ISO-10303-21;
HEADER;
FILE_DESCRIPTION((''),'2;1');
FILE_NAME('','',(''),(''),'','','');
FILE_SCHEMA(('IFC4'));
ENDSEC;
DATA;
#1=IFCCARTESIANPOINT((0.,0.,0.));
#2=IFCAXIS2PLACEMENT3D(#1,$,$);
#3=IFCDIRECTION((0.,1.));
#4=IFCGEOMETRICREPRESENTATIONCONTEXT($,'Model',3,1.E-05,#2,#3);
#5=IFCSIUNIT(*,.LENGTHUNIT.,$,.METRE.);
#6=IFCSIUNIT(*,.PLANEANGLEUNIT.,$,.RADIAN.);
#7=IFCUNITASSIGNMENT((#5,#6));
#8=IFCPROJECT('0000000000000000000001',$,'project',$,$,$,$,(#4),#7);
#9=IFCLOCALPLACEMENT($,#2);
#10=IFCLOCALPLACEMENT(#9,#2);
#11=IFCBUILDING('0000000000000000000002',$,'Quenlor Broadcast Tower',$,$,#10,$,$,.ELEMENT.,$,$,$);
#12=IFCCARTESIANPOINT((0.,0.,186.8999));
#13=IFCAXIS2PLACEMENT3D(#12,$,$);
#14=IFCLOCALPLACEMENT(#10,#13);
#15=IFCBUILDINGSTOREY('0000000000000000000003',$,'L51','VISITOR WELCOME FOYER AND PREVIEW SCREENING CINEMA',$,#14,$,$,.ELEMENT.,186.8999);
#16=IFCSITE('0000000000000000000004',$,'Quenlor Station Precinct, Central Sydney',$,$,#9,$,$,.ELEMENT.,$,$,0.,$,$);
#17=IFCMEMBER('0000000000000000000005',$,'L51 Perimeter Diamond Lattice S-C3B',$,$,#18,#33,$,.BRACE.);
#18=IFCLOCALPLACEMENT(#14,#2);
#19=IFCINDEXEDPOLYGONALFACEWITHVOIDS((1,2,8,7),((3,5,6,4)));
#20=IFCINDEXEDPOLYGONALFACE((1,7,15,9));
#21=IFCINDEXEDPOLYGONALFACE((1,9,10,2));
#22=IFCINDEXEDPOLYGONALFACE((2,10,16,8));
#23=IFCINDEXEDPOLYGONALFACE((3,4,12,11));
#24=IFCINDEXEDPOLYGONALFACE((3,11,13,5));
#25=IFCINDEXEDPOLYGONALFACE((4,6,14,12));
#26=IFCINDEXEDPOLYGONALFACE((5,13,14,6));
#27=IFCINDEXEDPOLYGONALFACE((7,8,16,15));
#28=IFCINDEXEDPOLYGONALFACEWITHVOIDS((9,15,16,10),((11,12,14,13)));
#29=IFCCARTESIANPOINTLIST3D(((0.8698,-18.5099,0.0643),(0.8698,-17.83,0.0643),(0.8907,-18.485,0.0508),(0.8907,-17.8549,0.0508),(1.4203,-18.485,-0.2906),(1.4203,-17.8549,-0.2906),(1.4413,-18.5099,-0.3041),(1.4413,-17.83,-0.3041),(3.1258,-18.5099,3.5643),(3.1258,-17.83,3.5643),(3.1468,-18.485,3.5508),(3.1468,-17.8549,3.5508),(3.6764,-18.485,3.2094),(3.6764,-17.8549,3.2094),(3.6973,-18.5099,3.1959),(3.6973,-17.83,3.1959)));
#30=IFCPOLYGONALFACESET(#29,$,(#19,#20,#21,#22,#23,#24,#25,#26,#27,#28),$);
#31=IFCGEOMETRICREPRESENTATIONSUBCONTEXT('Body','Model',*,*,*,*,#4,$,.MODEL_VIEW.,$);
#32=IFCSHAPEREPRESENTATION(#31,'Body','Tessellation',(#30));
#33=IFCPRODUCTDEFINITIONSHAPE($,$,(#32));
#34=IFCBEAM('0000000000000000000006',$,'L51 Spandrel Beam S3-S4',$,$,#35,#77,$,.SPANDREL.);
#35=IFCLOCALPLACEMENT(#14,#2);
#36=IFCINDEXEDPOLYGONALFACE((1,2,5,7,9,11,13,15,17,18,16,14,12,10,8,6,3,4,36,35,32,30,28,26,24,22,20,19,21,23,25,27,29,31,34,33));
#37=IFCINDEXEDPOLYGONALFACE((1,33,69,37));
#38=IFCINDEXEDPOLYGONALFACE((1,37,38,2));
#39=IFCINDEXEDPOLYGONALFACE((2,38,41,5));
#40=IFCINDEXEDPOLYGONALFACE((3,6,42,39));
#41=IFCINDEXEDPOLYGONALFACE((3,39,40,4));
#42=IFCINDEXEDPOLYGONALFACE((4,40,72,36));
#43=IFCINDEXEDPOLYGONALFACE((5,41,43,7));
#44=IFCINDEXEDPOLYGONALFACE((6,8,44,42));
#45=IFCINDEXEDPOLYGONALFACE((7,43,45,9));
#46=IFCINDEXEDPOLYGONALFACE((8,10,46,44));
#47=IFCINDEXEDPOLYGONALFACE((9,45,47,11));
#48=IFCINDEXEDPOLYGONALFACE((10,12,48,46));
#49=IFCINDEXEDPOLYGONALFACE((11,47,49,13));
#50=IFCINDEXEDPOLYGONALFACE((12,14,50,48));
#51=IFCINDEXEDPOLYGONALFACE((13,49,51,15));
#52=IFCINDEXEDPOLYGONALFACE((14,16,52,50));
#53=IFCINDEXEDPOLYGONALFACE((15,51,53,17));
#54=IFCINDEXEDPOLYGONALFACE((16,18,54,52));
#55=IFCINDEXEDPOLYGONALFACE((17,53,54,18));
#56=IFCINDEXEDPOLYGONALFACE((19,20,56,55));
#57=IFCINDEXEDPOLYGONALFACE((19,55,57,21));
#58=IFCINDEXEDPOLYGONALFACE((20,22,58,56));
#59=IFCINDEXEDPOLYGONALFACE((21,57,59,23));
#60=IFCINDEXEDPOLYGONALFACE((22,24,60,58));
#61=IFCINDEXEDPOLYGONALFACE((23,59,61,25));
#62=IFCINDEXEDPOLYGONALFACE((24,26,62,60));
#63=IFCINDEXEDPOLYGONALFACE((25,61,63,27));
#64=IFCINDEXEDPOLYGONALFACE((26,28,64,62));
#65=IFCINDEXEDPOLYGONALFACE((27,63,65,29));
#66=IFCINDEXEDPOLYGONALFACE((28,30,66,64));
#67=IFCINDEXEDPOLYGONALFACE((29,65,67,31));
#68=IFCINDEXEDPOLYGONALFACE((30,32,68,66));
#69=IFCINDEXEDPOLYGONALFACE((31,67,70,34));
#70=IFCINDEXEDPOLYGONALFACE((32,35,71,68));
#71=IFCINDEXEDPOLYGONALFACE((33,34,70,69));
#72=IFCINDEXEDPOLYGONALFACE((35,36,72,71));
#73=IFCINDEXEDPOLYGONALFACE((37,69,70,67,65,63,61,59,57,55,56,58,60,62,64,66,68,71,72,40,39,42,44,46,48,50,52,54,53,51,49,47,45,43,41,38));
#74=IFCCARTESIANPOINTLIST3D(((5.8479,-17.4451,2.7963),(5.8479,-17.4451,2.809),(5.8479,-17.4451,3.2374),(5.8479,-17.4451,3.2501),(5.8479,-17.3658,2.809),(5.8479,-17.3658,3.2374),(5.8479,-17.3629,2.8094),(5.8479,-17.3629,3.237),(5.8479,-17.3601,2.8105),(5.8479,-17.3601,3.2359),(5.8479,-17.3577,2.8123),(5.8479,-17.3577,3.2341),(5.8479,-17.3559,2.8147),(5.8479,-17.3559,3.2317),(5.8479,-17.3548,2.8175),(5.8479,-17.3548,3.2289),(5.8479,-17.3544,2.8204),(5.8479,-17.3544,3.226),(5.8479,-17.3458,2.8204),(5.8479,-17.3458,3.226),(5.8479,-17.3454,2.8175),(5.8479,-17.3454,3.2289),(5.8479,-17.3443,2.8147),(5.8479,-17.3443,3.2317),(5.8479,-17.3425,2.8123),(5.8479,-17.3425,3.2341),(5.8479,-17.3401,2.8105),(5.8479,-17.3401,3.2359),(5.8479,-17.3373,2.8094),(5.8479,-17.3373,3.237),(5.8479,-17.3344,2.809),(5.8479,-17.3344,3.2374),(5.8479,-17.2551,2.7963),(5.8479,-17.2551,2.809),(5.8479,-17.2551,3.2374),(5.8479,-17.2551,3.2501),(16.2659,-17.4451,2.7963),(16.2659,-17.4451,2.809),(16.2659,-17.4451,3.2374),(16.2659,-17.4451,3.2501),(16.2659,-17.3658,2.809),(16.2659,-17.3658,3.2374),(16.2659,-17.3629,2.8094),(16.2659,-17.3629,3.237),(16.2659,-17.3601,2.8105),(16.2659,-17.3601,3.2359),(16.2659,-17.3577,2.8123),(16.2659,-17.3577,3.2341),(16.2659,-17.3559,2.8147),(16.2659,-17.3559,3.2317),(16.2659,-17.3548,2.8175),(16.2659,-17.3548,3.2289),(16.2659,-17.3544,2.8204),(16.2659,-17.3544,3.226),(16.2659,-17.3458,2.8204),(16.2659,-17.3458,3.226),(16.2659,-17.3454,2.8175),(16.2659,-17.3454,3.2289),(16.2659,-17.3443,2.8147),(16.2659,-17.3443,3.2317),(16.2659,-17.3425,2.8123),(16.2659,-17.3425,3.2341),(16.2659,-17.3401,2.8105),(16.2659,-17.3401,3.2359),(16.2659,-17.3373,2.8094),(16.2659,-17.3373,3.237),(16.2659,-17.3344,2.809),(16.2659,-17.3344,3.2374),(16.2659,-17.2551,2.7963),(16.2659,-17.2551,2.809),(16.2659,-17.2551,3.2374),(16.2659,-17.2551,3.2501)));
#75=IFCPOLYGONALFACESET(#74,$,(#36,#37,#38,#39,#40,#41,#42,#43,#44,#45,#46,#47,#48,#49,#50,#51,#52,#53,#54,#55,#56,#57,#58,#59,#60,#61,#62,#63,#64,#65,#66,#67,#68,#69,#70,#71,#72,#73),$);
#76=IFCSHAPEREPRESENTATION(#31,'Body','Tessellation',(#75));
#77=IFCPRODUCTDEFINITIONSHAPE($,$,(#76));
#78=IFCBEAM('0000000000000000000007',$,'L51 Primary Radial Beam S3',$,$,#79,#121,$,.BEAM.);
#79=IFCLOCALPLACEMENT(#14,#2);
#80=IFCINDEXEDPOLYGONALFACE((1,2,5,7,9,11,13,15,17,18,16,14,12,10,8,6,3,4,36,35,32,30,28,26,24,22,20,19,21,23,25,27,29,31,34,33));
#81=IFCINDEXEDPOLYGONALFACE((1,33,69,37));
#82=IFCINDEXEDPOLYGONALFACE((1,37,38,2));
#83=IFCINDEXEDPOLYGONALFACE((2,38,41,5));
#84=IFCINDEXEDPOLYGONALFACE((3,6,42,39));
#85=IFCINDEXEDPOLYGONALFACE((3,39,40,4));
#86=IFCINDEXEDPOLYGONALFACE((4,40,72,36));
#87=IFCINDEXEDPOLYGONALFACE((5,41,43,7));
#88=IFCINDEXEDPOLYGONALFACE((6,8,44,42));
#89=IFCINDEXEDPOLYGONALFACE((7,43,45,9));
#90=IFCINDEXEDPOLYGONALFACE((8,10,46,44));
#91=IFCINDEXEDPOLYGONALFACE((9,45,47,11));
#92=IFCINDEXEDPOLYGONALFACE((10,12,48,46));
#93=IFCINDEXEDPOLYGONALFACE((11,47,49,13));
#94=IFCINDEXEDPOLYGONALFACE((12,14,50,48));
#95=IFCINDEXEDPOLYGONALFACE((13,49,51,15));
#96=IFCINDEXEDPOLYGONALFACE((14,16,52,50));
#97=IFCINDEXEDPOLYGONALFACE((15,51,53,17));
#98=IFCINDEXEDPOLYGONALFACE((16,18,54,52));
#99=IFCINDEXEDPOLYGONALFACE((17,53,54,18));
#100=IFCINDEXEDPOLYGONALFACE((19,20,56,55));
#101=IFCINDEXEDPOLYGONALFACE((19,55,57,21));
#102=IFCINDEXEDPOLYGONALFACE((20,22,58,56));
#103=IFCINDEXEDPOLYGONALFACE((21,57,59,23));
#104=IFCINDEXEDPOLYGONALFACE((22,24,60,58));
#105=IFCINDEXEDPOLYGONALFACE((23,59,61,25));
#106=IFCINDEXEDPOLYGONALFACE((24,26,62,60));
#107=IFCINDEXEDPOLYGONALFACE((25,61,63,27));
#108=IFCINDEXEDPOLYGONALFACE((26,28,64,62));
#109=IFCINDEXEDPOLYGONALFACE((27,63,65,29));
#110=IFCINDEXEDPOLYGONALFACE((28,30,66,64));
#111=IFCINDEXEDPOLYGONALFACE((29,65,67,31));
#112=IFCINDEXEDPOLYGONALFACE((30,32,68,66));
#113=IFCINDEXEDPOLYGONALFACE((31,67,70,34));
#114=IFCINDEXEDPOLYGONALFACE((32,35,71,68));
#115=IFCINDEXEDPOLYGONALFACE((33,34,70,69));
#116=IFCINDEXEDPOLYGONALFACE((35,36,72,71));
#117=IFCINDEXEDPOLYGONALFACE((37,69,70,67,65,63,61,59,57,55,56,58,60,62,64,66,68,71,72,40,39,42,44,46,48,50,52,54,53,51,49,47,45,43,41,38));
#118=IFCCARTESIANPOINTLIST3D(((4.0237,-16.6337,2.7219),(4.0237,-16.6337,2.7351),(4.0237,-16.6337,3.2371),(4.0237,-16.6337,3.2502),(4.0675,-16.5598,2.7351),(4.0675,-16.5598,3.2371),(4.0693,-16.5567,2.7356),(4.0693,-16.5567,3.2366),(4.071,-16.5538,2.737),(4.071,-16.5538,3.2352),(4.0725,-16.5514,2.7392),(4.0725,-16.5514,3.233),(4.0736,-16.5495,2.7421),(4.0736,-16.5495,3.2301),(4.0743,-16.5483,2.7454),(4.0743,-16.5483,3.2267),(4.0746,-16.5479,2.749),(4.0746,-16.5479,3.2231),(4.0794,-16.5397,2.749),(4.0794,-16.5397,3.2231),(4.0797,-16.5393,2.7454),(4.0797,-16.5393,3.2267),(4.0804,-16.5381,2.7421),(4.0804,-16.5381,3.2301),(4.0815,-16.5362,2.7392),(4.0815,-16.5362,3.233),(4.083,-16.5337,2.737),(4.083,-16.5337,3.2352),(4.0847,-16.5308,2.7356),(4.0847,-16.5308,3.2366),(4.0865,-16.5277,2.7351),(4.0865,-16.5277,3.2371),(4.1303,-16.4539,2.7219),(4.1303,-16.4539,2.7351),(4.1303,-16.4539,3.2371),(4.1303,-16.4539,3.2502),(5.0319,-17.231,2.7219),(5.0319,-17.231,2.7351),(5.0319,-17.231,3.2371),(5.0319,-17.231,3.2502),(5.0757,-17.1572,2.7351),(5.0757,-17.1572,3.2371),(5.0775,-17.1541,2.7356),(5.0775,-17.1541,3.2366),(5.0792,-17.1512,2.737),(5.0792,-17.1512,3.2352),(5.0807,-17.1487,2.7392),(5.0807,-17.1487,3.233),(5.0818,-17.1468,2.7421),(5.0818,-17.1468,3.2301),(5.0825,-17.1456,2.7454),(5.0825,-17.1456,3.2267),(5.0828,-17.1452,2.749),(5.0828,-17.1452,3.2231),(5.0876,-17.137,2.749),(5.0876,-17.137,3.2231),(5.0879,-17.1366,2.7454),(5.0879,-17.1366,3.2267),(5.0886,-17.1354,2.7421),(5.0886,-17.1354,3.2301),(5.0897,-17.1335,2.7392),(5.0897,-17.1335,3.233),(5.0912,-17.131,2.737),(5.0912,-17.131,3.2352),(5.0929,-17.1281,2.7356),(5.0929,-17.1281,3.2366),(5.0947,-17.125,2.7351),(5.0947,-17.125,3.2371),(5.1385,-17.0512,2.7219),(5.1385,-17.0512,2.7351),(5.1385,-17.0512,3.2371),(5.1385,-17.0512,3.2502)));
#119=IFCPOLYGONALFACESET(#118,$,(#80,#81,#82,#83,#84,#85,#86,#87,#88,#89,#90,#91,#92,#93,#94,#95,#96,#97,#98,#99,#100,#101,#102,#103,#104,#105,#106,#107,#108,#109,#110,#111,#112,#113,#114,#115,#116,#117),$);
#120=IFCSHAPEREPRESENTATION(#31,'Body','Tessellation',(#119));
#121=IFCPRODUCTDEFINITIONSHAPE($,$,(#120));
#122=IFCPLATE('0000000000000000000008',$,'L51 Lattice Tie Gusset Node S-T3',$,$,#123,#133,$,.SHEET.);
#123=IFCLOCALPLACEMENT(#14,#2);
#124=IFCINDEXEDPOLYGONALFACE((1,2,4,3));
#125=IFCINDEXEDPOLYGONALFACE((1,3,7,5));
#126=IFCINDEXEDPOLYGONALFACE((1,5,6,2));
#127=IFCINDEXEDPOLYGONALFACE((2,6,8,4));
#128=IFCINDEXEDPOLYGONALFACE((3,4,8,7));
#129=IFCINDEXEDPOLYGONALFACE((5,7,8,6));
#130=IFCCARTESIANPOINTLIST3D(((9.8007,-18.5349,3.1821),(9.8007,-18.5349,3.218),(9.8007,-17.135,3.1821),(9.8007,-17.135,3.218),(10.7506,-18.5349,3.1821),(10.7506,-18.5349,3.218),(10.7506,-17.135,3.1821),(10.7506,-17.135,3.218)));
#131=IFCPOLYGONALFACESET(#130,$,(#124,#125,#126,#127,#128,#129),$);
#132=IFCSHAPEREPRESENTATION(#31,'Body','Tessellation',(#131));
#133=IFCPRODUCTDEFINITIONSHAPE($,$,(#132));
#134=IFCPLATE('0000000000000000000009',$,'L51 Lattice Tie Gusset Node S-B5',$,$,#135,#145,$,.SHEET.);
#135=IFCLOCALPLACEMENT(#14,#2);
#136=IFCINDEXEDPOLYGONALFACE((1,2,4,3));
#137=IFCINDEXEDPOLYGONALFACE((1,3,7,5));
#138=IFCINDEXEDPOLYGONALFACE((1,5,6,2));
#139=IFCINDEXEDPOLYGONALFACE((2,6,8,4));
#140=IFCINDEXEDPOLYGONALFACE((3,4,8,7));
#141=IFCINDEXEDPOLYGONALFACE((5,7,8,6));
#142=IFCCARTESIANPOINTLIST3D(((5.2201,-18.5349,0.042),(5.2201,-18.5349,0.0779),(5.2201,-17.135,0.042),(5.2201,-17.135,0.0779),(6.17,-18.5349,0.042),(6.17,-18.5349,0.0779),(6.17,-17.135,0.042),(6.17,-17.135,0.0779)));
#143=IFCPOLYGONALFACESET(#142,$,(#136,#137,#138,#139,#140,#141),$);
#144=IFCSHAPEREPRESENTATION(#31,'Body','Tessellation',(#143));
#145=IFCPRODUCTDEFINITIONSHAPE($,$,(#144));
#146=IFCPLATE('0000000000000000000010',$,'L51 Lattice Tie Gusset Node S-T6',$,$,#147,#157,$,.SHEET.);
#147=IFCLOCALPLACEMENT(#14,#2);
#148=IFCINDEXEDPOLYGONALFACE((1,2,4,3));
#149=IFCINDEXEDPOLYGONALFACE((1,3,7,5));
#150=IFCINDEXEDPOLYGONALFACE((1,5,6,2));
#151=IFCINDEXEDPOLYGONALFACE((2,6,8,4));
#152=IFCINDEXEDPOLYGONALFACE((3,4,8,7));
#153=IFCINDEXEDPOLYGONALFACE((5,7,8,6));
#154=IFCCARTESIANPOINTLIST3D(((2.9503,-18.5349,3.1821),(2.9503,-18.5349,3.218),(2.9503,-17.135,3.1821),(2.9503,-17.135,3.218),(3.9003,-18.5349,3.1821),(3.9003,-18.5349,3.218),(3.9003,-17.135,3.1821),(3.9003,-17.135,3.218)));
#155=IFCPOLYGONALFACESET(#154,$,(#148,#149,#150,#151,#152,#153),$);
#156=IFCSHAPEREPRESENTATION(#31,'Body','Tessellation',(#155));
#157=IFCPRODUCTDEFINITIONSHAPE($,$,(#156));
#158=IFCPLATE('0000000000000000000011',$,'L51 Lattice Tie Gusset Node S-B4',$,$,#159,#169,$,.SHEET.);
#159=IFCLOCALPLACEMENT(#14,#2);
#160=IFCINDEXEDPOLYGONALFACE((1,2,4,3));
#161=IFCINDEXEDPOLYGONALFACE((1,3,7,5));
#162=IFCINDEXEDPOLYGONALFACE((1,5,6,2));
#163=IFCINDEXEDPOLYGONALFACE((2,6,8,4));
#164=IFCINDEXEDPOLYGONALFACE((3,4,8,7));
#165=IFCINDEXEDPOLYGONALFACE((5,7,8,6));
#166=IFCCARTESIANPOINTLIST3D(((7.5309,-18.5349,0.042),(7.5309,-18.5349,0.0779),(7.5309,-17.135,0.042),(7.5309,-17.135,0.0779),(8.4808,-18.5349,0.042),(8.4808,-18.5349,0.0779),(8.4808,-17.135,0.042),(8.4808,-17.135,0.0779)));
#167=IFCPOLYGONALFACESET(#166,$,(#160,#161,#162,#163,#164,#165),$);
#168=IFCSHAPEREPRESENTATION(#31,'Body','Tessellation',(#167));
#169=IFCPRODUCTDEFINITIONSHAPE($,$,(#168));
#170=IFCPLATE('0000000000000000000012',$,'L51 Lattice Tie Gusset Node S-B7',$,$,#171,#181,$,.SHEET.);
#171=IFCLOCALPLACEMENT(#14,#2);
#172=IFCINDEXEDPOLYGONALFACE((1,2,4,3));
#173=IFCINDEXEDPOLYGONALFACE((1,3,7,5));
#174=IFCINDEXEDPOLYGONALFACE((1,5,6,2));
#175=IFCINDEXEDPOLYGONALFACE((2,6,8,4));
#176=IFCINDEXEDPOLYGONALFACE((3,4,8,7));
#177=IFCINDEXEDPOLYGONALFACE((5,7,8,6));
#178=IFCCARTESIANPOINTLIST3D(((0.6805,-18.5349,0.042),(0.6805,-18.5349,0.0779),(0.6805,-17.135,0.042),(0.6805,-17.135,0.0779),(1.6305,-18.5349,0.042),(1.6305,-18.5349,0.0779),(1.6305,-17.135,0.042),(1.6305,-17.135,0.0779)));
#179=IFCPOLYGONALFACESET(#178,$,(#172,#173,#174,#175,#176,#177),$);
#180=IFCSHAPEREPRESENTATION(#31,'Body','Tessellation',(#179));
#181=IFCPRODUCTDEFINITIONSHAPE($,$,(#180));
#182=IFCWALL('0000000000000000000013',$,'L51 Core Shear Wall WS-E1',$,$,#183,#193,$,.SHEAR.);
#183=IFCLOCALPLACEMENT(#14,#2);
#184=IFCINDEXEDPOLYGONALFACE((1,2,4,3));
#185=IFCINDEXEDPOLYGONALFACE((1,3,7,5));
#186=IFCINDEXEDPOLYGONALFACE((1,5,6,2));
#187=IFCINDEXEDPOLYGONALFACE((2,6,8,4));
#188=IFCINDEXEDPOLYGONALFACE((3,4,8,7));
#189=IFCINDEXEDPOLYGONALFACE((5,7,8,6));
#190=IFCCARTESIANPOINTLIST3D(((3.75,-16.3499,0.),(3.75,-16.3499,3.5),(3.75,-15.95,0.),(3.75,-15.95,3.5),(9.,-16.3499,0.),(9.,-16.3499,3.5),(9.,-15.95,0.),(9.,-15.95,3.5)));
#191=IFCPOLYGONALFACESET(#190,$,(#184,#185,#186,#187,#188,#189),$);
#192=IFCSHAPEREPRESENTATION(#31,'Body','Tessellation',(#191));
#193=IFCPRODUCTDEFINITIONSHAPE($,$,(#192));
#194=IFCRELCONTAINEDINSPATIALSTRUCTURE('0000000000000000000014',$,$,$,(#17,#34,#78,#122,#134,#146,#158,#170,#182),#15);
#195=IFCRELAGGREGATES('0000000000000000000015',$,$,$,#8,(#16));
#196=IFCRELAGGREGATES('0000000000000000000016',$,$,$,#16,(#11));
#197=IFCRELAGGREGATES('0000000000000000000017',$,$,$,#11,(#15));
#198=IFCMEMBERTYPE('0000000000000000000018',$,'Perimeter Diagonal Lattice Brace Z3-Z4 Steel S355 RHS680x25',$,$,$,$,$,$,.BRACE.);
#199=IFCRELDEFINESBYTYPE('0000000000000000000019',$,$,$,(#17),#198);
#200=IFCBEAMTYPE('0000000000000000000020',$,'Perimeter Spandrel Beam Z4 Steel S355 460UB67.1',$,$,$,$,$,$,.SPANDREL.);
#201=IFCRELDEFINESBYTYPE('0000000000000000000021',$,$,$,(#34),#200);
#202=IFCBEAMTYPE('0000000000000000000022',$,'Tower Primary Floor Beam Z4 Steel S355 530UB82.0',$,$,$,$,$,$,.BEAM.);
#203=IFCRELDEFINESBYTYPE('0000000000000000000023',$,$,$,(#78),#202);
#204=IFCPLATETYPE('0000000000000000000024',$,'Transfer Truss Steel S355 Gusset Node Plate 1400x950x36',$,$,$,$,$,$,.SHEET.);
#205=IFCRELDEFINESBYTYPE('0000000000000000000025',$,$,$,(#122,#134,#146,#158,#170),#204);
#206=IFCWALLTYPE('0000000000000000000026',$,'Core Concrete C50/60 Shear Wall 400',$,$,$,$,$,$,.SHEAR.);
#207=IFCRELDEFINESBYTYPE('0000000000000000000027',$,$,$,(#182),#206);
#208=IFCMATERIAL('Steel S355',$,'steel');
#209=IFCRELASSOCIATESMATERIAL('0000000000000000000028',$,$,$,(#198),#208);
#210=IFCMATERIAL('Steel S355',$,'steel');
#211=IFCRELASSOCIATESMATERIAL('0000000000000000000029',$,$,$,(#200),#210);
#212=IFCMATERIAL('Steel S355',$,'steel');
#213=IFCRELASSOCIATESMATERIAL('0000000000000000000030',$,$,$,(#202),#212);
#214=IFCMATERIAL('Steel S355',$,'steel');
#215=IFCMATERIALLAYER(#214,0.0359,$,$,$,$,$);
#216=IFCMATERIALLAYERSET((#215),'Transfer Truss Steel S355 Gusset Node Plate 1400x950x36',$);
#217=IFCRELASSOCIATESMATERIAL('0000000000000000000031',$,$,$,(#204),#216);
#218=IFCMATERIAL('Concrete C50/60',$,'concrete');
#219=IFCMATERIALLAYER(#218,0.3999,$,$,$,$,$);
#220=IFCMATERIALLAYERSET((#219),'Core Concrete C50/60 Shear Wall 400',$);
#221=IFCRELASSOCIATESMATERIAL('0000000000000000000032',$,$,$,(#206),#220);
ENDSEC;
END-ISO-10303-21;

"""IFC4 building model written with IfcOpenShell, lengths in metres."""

from ifc_helpers import new_model, si_unit, direction, frame, frame_2d, origin, origin_2d, place, context, subcontext, project, spatial, rectangle, hollow_rectangle, i_section, extrude, material, layer, layer_set, material_profile, profile_set, type_object, element, save


model = new_model("IFC4")

# Units and contexts
model_context = context("Model", 3, precision=1e-05, world=origin(), true_north=direction((0.0, 1.0)))
body_context = subcontext(model_context, "Body", "Model", "MODEL_VIEW")
ifc_project = project(units=[si_unit("LENGTHUNIT", "METRE"), si_unit("PLANEANGLEUNIT", "RADIAN")], contexts=[model_context])

# Site, building, storey
site_placement = place(None, origin())
site = spatial("IfcSite", under=ifc_project, at=site_placement, Name="Quenlor Station Precinct, Central Sydney", CompositionType="ELEMENT", RefElevation=0.0)
building_placement = place(site_placement, origin())
building = spatial("IfcBuilding", under=site, at=building_placement, Name="Quenlor Broadcast Tower", CompositionType="ELEMENT")
storey_placement = place(building_placement, frame((0.0, 0.0, 186.8999)))
storey = spatial("IfcBuildingStorey", under=building, at=storey_placement, Name="L51", Description="VISITOR WELCOME FOYER AND PREVIEW SCREENING CINEMA", CompositionType="ELEMENT", Elevation=186.8999)

# Member
ifc_material_1 = material(Name="Steel S355", Category="steel")
ifc_material_profile_1 = material_profile(ifc_material_1, hollow_rectangle(XDim=0.6799, YDim=0.6799, WallThickness=0.0249, at=origin_2d()))
ifc_profile_set_1 = profile_set([ifc_material_profile_1], Name="Steel S355 RHS680x680x25")
member_type_1 = type_object("IfcMemberType", Name="Perimeter Diagonal Lattice Brace Z3-Z4 Steel S355 RHS680x25", PredefinedType="BRACE", material=ifc_profile_set_1)
for number, where, z_axis, x_axis, name in (
    (1, (1.1555, -18.1699, -0.1199), (0.541794, 0.0, 0.840511), (0.0, 1.0, 0.0), "L51 Perimeter Diamond Lattice S-C3B"),
):
    element("IfcMember", number, at=place(storey_placement, frame(where, z_axis=z_axis, x_axis=x_axis)), inside=storey, type_object=member_type_1, Name=name, PredefinedType="BRACE", context=body_context, shape_type="SweptSolid", body=[
        extrude(hollow_rectangle(XDim=0.6799, YDim=0.6799, WallThickness=0.0249, at=origin_2d()), origin(), (0.0, 0.0, 1.0), 4.1641),
    ])

# Beams
ifc_material_2 = material(Name="Steel S355", Category="steel")
ifc_material_profile_2 = material_profile(ifc_material_2, i_section(OverallWidth=0.1899, OverallDepth=0.4539, WebThickness=0.0085, FlangeThickness=0.0127, FilletRadius=0.0115, at=origin_2d()))
ifc_profile_set_2 = profile_set([ifc_material_profile_2], Name="Steel S355 460UB67.1")
beam_type_1 = type_object("IfcBeamType", Name="Perimeter Spandrel Beam Z4 Steel S355 460UB67.1", PredefinedType="SPANDREL", material=ifc_profile_set_2)
beam_1_placement = place(storey_placement, frame((5.8479, -17.3501, 3.0232), z_axis=(1.0, 0.0, 0.0), x_axis=(0.0, 1.0, 0.0)))
element("IfcBeam", 2, at=beam_1_placement, inside=storey, type_object=beam_type_1, Name="L51 Spandrel Beam S3-S4", PredefinedType="SPANDREL", context=body_context, shape_type="SweptSolid", body=[
    extrude(i_section(OverallWidth=0.1899, OverallDepth=0.4539, WebThickness=0.0085, FlangeThickness=0.0127, FilletRadius=0.0115, at=origin_2d()), origin(), (0.0, 0.0, 1.0), 10.418),
])
ifc_material_3 = material(Name="Steel S355", Category="steel")
ifc_material_profile_3 = material_profile(ifc_material_3, i_section(OverallWidth=0.209, OverallDepth=0.5283, WebThickness=0.0095, FlangeThickness=0.0132, FilletRadius=0.0139, at=origin_2d()))
ifc_profile_set_3 = profile_set([ifc_material_profile_3], Name="Steel S355 530UB82.0")
beam_type_2 = type_object("IfcBeamType", Name="Tower Primary Floor Beam Z4 Steel S355 530UB82.0", PredefinedType="BEAM", material=ifc_profile_set_3)
beam_2_placement = place(storey_placement, frame((5.0852, -17.1411, 2.9861), z_axis=(-0.860329, 0.50974, 0.0), x_axis=(-0.50974, -0.860329, 0.0)))
element("IfcBeam", 3, at=beam_2_placement, inside=storey, type_object=beam_type_2, Name="L51 Primary Radial Beam S3", PredefinedType="BEAM", context=body_context, shape_type="SweptSolid", body=[
    extrude(i_section(OverallWidth=0.209, OverallDepth=0.5283, WebThickness=0.0095, FlangeThickness=0.0132, FilletRadius=0.0139, at=origin_2d()), origin(), (0.0, 0.0, 1.0), 1.1719),
])

# Plates
ifc_material_4 = material(Name="Steel S355", Category="steel")
ifc_layer_1 = layer(ifc_material_4, 0.0359)
ifc_layer_set_1 = layer_set([ifc_layer_1], Name="Transfer Truss Steel S355 Gusset Node Plate 1400x950x36")
plate_type = type_object("IfcPlateType", Name="Transfer Truss Steel S355 Gusset Node Plate 1400x950x36", PredefinedType="SHEET", material=ifc_layer_set_1)
for number, where, z_axis, x_axis, name in (
    (4, (10.2756, -17.835, 3.1821), (0.0, 0.0, 1.0), (0.0, -1.0, 0.0), "L51 Lattice Tie Gusset Node S-T3"),
    (5, (5.6951, -17.835, 0.042), (0.0, 0.0, 1.0), (0.0, -1.0, 0.0), "L51 Lattice Tie Gusset Node S-B5"),
    (6, (3.4253, -17.835, 3.1821), (0.0, 0.0, 1.0), (0.0, -1.0, 0.0), "L51 Lattice Tie Gusset Node S-T6"),
    (7, (8.0059, -17.835, 0.042), (0.0, 0.0, 1.0), (0.0, -1.0, 0.0), "L51 Lattice Tie Gusset Node S-B4"),
    (8, (1.1555, -17.835, 0.042), (0.0, 0.0, 1.0), (0.0, -1.0, 0.0), "L51 Lattice Tie Gusset Node S-B7"),
):
    element("IfcPlate", number, at=place(storey_placement, frame(where, z_axis=z_axis, x_axis=x_axis)), inside=storey, type_object=plate_type, Name=name, PredefinedType="SHEET", context=body_context, shape_type="SweptSolid", body=[
        extrude(rectangle(XDim=1.3999, YDim=0.95, at=origin_2d()), origin(), (0.0, 0.0, 1.0), 0.0359),
    ])

# Wall
ifc_material_5 = material(Name="Concrete C50/60", Category="concrete")
ifc_layer_2 = layer(ifc_material_5, 0.3999)
ifc_layer_set_2 = layer_set([ifc_layer_2], Name="Core Concrete C50/60 Shear Wall 400")
wall_type_1 = type_object("IfcWallType", Name="Core Concrete C50/60 Shear Wall 400", PredefinedType="SHEAR", material=ifc_layer_set_2)
wall_1_placement = place(storey_placement, frame((3.75, -16.1499, 0.0), z_axis=(0.0, 0.0, 1.0), x_axis=(1.0, 0.0, 0.0)))
element("IfcWall", 9, at=wall_1_placement, inside=storey, type_object=wall_type_1, Name="L51 Core Shear Wall WS-E1", PredefinedType="SHEAR", context=body_context, shape_type="SweptSolid", body=[
    extrude(rectangle(XDim=5.25, YDim=0.3999, at=frame_2d((2.625, 0.0))), origin(), (0.0, 0.0, 1.0), 3.5),
])

save(model, "model.ifc")
